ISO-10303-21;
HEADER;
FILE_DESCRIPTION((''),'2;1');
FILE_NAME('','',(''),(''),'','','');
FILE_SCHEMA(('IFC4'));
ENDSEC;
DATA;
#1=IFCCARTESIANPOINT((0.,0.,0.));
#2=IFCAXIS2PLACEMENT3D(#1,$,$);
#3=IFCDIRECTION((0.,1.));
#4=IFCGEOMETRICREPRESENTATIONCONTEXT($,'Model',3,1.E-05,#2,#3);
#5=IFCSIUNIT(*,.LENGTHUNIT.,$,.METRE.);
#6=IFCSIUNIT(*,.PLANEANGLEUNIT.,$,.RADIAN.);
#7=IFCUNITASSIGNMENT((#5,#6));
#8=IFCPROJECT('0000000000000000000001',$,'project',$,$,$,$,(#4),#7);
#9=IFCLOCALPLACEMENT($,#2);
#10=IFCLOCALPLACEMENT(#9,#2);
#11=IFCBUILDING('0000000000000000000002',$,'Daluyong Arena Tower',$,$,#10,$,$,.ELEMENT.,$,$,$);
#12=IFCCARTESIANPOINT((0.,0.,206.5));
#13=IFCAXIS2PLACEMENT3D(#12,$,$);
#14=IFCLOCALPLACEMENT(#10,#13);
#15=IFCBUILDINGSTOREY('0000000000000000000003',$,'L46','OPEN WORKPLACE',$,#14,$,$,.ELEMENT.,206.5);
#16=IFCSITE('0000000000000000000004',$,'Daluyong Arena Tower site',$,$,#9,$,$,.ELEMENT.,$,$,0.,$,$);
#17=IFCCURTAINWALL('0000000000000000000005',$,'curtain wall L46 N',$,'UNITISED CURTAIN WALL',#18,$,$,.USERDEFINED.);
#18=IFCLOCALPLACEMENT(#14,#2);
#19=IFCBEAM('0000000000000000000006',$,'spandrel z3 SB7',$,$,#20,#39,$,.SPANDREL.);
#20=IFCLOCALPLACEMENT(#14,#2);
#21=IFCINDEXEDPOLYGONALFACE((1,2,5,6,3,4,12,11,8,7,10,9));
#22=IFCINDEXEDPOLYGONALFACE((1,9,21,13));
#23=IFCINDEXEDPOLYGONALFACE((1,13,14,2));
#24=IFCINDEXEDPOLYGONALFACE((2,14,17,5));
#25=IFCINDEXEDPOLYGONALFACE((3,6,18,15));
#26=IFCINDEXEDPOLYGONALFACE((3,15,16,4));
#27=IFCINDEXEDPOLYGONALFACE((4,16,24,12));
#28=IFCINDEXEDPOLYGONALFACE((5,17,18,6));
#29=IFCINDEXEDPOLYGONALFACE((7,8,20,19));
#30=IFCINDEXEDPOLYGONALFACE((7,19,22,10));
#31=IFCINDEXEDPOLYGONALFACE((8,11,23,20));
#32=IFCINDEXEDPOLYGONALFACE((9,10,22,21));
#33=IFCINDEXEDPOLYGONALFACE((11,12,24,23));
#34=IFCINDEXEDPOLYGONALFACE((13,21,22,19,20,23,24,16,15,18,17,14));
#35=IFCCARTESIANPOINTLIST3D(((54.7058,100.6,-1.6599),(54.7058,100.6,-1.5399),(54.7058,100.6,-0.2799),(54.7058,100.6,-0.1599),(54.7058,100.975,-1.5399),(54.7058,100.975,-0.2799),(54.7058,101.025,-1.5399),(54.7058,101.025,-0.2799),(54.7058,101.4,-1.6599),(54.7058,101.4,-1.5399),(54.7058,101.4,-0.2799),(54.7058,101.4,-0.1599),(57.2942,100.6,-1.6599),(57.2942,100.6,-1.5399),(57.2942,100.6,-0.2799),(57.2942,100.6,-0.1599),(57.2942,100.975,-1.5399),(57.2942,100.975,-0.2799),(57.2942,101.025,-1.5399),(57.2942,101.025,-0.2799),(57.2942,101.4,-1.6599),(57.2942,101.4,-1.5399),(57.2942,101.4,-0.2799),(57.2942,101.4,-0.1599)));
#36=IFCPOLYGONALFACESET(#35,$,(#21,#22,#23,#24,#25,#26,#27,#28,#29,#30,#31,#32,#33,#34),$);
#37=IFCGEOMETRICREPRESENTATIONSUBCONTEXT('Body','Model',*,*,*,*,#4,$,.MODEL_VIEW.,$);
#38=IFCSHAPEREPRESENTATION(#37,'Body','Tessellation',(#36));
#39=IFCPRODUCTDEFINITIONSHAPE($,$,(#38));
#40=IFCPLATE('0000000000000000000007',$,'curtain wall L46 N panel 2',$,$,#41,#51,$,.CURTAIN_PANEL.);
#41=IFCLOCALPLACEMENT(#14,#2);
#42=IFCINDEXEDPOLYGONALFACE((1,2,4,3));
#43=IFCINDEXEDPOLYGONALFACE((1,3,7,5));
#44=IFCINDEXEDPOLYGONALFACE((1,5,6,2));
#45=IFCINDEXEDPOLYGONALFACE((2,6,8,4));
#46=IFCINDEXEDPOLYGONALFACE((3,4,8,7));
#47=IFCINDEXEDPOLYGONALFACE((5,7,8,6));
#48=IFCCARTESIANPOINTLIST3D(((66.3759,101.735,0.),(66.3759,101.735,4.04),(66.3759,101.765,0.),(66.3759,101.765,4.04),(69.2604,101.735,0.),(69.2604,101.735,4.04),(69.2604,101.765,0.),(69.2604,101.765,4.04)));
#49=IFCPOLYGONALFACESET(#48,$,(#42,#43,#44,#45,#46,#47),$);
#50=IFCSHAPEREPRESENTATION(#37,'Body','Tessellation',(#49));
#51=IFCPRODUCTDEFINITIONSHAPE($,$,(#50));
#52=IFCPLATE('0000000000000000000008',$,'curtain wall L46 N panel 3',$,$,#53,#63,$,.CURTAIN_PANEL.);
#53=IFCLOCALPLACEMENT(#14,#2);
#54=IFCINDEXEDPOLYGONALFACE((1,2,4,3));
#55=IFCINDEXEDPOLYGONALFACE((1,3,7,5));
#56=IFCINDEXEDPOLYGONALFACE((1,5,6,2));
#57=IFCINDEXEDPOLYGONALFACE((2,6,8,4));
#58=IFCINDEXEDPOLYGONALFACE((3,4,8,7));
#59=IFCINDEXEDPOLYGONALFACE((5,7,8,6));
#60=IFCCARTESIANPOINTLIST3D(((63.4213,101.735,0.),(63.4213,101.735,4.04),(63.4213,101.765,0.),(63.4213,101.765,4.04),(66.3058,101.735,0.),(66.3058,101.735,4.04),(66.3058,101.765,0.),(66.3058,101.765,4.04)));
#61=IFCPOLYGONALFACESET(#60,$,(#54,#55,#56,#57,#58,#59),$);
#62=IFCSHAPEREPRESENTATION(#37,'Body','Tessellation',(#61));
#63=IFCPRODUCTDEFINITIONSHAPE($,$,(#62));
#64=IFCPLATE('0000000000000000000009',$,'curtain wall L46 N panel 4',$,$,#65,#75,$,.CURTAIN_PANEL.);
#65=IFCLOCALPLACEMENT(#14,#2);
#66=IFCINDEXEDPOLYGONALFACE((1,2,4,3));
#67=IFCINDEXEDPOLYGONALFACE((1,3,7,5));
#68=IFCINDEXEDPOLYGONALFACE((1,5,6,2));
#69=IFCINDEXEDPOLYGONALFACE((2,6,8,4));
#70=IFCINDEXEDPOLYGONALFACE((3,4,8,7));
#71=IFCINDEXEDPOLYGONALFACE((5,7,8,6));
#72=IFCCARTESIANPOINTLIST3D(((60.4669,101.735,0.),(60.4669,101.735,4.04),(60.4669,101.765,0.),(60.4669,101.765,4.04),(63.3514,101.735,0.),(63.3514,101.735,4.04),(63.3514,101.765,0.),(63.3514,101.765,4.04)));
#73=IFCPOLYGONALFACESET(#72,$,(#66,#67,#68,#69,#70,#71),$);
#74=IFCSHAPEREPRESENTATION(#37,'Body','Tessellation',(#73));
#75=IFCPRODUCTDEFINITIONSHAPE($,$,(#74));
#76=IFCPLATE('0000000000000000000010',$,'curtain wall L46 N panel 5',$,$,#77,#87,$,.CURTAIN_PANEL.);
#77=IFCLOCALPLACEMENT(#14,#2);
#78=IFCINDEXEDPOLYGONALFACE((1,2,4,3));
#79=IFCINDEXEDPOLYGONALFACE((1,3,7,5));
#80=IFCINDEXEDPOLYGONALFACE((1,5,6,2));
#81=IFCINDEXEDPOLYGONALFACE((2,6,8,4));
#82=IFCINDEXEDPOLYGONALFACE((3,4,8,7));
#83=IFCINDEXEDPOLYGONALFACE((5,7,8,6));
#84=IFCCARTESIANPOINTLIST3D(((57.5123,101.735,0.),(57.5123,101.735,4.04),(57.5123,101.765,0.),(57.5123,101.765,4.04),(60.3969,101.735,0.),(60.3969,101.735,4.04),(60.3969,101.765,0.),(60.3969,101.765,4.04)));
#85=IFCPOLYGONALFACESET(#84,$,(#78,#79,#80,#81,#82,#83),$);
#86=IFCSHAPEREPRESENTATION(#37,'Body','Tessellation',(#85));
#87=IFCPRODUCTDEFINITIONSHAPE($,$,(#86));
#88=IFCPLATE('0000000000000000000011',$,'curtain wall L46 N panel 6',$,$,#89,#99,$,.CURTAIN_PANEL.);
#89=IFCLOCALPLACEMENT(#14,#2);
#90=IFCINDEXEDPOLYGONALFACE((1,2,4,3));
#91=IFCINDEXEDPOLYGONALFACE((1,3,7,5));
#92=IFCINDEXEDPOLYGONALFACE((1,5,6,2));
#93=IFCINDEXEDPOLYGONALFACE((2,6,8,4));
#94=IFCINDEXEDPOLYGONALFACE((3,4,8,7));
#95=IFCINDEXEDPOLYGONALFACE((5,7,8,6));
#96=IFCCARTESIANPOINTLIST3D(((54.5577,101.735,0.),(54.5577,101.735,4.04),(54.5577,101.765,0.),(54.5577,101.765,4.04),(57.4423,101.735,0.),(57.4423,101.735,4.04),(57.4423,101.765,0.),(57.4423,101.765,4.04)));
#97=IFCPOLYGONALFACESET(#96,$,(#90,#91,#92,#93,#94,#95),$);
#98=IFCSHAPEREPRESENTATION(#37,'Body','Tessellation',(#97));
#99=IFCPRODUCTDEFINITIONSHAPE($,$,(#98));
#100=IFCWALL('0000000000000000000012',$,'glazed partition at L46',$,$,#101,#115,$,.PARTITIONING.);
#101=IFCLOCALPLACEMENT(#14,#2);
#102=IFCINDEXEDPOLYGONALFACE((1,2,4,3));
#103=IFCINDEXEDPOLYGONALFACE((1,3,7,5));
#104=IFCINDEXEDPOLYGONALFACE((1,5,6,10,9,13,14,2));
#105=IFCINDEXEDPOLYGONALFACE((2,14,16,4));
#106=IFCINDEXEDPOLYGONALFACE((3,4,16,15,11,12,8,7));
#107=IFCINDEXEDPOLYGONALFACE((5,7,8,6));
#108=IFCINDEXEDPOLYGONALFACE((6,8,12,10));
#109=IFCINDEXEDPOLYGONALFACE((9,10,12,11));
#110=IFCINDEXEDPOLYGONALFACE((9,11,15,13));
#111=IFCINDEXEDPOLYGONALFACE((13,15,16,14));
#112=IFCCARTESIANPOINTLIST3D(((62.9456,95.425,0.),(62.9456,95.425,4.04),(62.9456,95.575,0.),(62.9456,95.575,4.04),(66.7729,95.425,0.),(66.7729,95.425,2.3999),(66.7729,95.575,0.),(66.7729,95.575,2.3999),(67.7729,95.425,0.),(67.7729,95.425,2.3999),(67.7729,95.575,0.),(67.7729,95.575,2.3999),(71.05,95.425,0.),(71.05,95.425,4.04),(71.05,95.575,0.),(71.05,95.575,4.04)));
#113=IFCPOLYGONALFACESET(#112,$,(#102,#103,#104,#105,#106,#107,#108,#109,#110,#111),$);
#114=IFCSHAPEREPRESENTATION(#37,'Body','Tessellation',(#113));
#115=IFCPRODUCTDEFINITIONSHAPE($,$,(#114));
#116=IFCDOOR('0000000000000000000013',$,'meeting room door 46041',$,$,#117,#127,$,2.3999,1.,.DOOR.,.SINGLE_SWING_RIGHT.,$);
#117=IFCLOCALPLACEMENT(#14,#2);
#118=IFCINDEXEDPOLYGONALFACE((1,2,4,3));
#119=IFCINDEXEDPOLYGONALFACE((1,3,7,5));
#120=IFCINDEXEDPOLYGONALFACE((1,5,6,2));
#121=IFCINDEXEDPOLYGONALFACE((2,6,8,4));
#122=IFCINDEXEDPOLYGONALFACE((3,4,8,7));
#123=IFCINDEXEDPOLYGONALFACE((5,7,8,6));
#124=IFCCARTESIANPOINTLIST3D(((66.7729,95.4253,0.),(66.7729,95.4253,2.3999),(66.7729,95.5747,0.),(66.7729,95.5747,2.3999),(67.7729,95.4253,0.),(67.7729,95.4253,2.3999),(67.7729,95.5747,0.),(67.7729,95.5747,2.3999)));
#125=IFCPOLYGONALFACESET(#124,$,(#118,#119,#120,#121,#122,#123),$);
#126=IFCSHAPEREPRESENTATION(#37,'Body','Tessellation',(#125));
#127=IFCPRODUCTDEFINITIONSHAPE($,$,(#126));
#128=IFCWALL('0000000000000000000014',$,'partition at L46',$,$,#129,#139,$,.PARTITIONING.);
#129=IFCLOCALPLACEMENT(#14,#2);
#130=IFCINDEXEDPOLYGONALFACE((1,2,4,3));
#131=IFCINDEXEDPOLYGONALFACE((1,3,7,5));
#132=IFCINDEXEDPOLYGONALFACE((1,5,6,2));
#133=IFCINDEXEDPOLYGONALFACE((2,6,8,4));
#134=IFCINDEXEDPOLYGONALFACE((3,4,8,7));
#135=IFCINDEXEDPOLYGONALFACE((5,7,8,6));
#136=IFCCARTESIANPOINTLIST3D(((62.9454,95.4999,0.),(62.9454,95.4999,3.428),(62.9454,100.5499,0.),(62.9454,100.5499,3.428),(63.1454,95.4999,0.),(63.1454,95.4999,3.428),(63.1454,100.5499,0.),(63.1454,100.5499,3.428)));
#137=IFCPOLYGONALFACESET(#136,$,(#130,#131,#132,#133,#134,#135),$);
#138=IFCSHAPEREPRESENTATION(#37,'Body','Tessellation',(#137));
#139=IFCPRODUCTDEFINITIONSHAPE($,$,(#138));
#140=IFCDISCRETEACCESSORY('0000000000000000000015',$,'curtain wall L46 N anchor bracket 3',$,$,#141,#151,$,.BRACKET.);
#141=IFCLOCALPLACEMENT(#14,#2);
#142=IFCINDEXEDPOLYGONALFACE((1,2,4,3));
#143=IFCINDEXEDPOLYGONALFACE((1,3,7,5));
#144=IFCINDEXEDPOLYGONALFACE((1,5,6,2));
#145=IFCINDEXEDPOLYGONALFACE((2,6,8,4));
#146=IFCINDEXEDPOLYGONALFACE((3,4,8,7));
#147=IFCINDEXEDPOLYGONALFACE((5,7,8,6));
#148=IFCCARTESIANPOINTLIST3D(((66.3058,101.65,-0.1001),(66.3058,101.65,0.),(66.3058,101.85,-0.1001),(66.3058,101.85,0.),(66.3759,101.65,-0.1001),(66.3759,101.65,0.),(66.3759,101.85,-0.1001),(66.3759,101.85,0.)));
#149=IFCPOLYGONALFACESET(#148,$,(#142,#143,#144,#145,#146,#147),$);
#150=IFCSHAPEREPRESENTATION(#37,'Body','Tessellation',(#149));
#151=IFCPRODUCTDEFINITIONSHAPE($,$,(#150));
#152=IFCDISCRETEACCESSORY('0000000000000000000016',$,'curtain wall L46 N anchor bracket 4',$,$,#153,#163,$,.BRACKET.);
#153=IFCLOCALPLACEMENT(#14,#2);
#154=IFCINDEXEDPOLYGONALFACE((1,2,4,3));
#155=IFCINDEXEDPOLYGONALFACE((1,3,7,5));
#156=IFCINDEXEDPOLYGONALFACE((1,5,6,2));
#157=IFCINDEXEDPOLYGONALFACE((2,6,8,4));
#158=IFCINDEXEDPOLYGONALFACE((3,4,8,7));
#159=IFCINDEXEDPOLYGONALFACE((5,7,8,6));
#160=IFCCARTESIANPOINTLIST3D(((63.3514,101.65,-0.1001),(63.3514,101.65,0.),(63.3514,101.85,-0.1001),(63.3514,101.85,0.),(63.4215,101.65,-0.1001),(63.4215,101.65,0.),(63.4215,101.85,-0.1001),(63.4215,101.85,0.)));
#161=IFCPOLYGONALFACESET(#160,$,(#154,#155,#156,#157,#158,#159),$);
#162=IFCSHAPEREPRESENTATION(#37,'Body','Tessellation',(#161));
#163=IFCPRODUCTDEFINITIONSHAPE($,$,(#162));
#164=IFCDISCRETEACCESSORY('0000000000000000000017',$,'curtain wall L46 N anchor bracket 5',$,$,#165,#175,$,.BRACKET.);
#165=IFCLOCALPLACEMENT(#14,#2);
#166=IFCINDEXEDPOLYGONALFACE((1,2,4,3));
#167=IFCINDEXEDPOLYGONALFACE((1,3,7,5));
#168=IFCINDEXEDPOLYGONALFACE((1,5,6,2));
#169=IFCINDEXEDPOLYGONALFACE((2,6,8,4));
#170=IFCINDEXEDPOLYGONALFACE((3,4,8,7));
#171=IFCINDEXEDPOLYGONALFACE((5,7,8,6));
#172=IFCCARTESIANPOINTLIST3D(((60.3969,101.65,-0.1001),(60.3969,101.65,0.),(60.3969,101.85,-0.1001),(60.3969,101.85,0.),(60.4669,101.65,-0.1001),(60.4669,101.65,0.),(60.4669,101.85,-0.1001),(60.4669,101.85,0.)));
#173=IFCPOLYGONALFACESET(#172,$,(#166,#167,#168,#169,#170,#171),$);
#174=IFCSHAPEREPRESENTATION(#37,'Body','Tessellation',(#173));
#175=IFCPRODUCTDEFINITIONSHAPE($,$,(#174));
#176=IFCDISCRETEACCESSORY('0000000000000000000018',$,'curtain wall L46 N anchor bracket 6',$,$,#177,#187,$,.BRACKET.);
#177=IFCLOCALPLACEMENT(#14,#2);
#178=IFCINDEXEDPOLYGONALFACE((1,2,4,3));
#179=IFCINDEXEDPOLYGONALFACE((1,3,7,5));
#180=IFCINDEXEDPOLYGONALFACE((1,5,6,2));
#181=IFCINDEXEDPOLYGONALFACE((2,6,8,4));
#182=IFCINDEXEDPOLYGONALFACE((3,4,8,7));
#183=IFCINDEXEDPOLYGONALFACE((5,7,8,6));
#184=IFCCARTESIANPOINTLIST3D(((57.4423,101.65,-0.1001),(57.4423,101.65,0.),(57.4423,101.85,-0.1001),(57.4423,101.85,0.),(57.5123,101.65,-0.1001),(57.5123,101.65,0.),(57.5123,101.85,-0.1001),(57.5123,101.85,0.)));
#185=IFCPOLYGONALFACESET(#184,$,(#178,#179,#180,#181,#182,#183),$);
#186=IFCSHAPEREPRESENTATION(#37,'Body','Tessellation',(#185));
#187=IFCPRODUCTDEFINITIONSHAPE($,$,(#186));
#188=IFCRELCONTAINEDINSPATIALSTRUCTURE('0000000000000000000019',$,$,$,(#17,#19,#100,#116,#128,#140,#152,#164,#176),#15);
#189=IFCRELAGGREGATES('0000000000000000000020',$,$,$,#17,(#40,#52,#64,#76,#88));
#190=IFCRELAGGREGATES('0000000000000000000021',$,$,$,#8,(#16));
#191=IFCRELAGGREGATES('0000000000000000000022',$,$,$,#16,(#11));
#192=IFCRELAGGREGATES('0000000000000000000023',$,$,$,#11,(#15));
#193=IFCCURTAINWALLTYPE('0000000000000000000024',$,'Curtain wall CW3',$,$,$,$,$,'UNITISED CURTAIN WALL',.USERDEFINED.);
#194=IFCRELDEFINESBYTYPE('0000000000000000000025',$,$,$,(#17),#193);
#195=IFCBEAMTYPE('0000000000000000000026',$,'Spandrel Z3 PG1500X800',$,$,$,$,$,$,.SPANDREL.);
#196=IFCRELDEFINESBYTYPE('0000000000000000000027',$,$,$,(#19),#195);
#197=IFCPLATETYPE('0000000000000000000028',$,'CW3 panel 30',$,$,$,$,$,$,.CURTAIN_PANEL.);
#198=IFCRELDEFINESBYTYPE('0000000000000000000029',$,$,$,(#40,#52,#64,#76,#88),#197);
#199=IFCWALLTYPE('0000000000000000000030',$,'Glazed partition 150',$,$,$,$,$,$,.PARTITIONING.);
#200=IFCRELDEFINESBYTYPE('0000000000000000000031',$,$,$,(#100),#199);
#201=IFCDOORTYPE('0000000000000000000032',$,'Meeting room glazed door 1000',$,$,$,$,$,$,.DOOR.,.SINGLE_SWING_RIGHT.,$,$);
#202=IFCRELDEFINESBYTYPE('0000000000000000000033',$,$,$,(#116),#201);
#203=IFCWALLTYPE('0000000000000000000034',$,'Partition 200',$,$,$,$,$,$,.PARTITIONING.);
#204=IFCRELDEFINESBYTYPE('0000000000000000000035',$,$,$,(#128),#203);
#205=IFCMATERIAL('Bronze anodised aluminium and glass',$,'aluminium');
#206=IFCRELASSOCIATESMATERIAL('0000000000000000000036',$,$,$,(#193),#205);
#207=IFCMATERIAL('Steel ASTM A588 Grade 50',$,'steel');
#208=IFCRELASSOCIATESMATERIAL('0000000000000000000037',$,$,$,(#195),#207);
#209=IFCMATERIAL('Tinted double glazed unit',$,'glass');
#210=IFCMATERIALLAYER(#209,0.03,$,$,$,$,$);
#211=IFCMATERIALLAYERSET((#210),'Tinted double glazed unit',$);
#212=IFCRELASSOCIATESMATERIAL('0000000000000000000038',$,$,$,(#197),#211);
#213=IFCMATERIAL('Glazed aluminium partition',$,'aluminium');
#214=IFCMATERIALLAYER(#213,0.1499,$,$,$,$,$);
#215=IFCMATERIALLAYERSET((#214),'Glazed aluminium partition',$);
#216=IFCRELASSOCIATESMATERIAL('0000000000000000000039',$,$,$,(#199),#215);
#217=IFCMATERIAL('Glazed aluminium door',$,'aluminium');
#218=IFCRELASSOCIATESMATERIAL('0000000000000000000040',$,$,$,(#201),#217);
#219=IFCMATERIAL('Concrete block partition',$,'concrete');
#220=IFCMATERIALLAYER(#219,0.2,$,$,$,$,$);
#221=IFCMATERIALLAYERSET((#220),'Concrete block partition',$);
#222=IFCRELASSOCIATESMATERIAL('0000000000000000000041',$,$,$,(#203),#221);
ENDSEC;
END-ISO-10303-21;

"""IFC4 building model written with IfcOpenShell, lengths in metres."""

from ifc_helpers import new_model, si_unit, direction, frame, frame_2d, origin, origin_2d, place, context, subcontext, project, spatial, rectangle, i_section, extrude, material, layer, layer_set, material_profile, profile_set, type_object, element, fill, aggregate, save


model = new_model("IFC4")

# Units and contexts
model_context = context("Model", 3, precision=1e-05, world=origin(), true_north=direction((0.0, 1.0)))
body_context = subcontext(model_context, "Body", "Model", "MODEL_VIEW")
ifc_project = project(units=[si_unit("LENGTHUNIT", "METRE"), si_unit("PLANEANGLEUNIT", "RADIAN")], contexts=[model_context])

# Site, building, storey
site_placement = place(None, origin())
site = spatial("IfcSite", under=ifc_project, at=site_placement, Name="Daluyong Arena Tower site", CompositionType="ELEMENT", RefElevation=0.0)
building_placement = place(site_placement, origin())
building = spatial("IfcBuilding", under=site, at=building_placement, Name="Daluyong Arena Tower", CompositionType="ELEMENT")
storey_placement = place(building_placement, frame((0.0, 0.0, 206.5)))
storey = spatial("IfcBuildingStorey", under=building, at=storey_placement, Name="L46", Description="OPEN WORKPLACE", CompositionType="ELEMENT", Elevation=206.5)

# Curtain wall
ifc_material_1 = material(Name="Bronze anodised aluminium and glass", Category="aluminium")
curtain_wall_type = type_object("IfcCurtainWallType", Name="Curtain wall CW3", ElementType="UNITISED CURTAIN WALL", PredefinedType="USERDEFINED", material=ifc_material_1)
curtain_wall_placement = place(storey_placement, origin())
curtain_wall = element("IfcCurtainWall", 1, at=curtain_wall_placement, inside=storey, type_object=curtain_wall_type, Name="curtain wall L46 N", ObjectType="UNITISED CURTAIN WALL", PredefinedType="USERDEFINED")

# Beam
ifc_material_2 = material(Name="Steel ASTM A588 Grade 50", Category="steel")
ifc_material_profile_1 = material_profile(ifc_material_2, i_section(OverallWidth=0.8, OverallDepth=1.5, WebThickness=0.05, FlangeThickness=0.12, at=origin_2d()))
ifc_profile_set_1 = profile_set([ifc_material_profile_1], Name="Steel ASTM A588 Grade 50")
beam_type_1 = type_object("IfcBeamType", Name="Spandrel Z3 PG1500X800", PredefinedType="SPANDREL", material=ifc_profile_set_1)
beam_1_placement = place(storey_placement, frame((57.2942, 101.0, -0.9099), z_axis=(-1.0, 0.0, 0.0), x_axis=(0.0, -1.0, 0.0)))
element("IfcBeam", 2, at=beam_1_placement, inside=storey, type_object=beam_type_1, Name="spandrel z3 SB7", PredefinedType="SPANDREL", context=body_context, shape_type="SweptSolid", body=[
    extrude(i_section(OverallWidth=0.8, OverallDepth=1.5, WebThickness=0.05, FlangeThickness=0.12, at=origin_2d()), origin(), (0.0, 0.0, 1.0), 2.5884),
])

# Plates
ifc_material_3 = material(Name="Tinted double glazed unit", Category="glass")
ifc_layer_1 = layer(ifc_material_3, 0.03)
ifc_layer_set_1 = layer_set([ifc_layer_1], Name="Tinted double glazed unit")
plate_type = type_object("IfcPlateType", Name="CW3 panel 30", PredefinedType="CURTAIN_PANEL", material=ifc_layer_set_1)
plate_1_placement = place(storey_placement, frame((67.8181, 101.75, 0.0), z_axis=(0.0, 0.0, 1.0), x_axis=(-1.0, 0.0, 0.0)))
plate_1 = element("IfcPlate", 3, at=plate_1_placement, type_object=plate_type, Name="curtain wall L46 N panel 2", PredefinedType="CURTAIN_PANEL", context=body_context, shape_type="SweptSolid", body=[
    extrude(rectangle(XDim=2.8845, YDim=0.03, at=origin_2d()), origin(), (0.0, 0.0, 1.0), 4.04),
])
plate_2_placement = place(storey_placement, frame((64.8635, 101.75, 0.0), z_axis=(0.0, 0.0, 1.0), x_axis=(-1.0, 0.0, 0.0)))
plate_2 = element("IfcPlate", 4, at=plate_2_placement, type_object=plate_type, Name="curtain wall L46 N panel 3", PredefinedType="CURTAIN_PANEL", context=body_context, shape_type="SweptSolid", body=[
    extrude(rectangle(XDim=2.8845, YDim=0.03, at=origin_2d()), origin(), (0.0, 0.0, 1.0), 4.04),
])
plate_3_placement = place(storey_placement, frame((61.9092, 101.75, 0.0), z_axis=(0.0, 0.0, 1.0), x_axis=(-1.0, 0.0, 0.0)))
plate_3 = element("IfcPlate", 5, at=plate_3_placement, type_object=plate_type, Name="curtain wall L46 N panel 4", PredefinedType="CURTAIN_PANEL", context=body_context, shape_type="SweptSolid", body=[
    extrude(rectangle(XDim=2.8845, YDim=0.03, at=origin_2d()), origin(), (0.0, 0.0, 1.0), 4.04),
])
plate_4_placement = place(storey_placement, frame((58.9546, 101.75, 0.0), z_axis=(0.0, 0.0, 1.0), x_axis=(-1.0, 0.0, 0.0)))
plate_4 = element("IfcPlate", 6, at=plate_4_placement, type_object=plate_type, Name="curtain wall L46 N panel 5", PredefinedType="CURTAIN_PANEL", context=body_context, shape_type="SweptSolid", body=[
    extrude(rectangle(XDim=2.8845, YDim=0.03, at=origin_2d()), origin(), (0.0, 0.0, 1.0), 4.04),
])
plate_5_placement = place(storey_placement, frame((56.0, 101.75, 0.0), z_axis=(0.0, 0.0, 1.0), x_axis=(-1.0, 0.0, 0.0)))
plate_5 = element("IfcPlate", 7, at=plate_5_placement, type_object=plate_type, Name="curtain wall L46 N panel 6", PredefinedType="CURTAIN_PANEL", context=body_context, shape_type="SweptSolid", body=[
    extrude(rectangle(XDim=2.8845, YDim=0.03, at=origin_2d()), origin(), (0.0, 0.0, 1.0), 4.04),
])
aggregate(curtain_wall, [plate_1, plate_2, plate_3, plate_4, plate_5])

# Wall, opening, door
ifc_material_4 = material(Name="Glazed aluminium partition", Category="aluminium")
ifc_layer_2 = layer(ifc_material_4, 0.1499)
ifc_layer_set_2 = layer_set([ifc_layer_2], Name="Glazed aluminium partition")
wall_type_1 = type_object("IfcWallType", Name="Glazed partition 150", PredefinedType="PARTITIONING", material=ifc_layer_set_2)
wall_1_placement = place(storey_placement, frame((62.9456, 95.5, 0.0), z_axis=(0.0, 0.0, 1.0), x_axis=(1.0, 0.0, 0.0)))
wall_1 = element("IfcWall", 8, at=wall_1_placement, inside=storey, type_object=wall_type_1, Name="glazed partition at L46", PredefinedType="PARTITIONING", context=body_context, shape_type="SweptSolid", body=[
    extrude(rectangle(XDim=8.1045, YDim=0.1499, at=frame_2d((4.0522, 0.0))), origin(), (0.0, 0.0, 1.0), 4.04),
])
opening_placement = place(wall_1_placement, frame((3.8274, 0.0, 0.0)))
opening = element("IfcOpeningElement", 9, at=opening_placement, cuts=wall_1, PredefinedType="OPENING", context=body_context, shape_type="SweptSolid", body=[
    extrude(rectangle(XDim=1.0, YDim=2.3999, at=frame_2d((0.5, 1.2))), frame((0.0, 0.085, 0.0), z_axis=(0.0, -1.0, 0.0), x_axis=(1.0, 0.0, 0.0)), (0.0, 0.0, 1.0), 0.1699),
])
ifc_material_5 = material(Name="Glazed aluminium door", Category="aluminium")
door_type = type_object("IfcDoorType", Name="Meeting room glazed door 1000", OperationType="SINGLE_SWING_RIGHT", PredefinedType="DOOR", material=ifc_material_5)
door_placement = place(opening_placement, origin())
door = element("IfcDoor", 10, at=door_placement, inside=storey, type_object=door_type, Name="meeting room door 46041", OperationType="SINGLE_SWING_RIGHT", OverallHeight=2.3999, OverallWidth=1.0, PredefinedType="DOOR", context=body_context, shape_type="SweptSolid", body=[
    extrude(rectangle(XDim=1.0, YDim=2.3999, at=frame_2d((0.5, 1.2))), frame((0.0, 0.0747, 0.0), z_axis=(0.0, -1.0, 0.0), x_axis=(1.0, 0.0, 0.0)), (0.0, 0.0, 1.0), 0.1494),
])
fill(opening, door)

# Wall
ifc_material_6 = material(Name="Concrete block partition", Category="concrete")
ifc_layer_3 = layer(ifc_material_6, 0.2)
ifc_layer_set_3 = layer_set([ifc_layer_3], Name="Concrete block partition")
wall_type_2 = type_object("IfcWallType", Name="Partition 200", PredefinedType="PARTITIONING", material=ifc_layer_set_3)
wall_2_placement = place(storey_placement, frame((63.0454, 95.5, 0.0), z_axis=(0.0, 0.0, 1.0), x_axis=(0.0, 1.0, 0.0)))
element("IfcWall", 11, at=wall_2_placement, inside=storey, type_object=wall_type_2, Name="partition at L46", PredefinedType="PARTITIONING", context=body_context, shape_type="SweptSolid", body=[
    extrude(rectangle(XDim=5.05, YDim=0.2, at=frame_2d((2.5249, 0.0))), origin(), (0.0, 0.0, 1.0), 3.428),
])

# Discrete accessories
for number, where, z_axis, x_axis, name in (
    (12, (66.3408, 101.75, -0.1001), (0.0, 0.0, 1.0), (-1.0, 0.0, 0.0), "curtain wall L46 N anchor bracket 3"),
    (13, (63.3865, 101.75, -0.1001), (0.0, 0.0, 1.0), (-1.0, 0.0, 0.0), "curtain wall L46 N anchor bracket 4"),
    (14, (60.4319, 101.75, -0.1001), (0.0, 0.0, 1.0), (-1.0, 0.0, 0.0), "curtain wall L46 N anchor bracket 5"),
    (15, (57.4773, 101.75, -0.1001), (0.0, 0.0, 1.0), (-1.0, 0.0, 0.0), "curtain wall L46 N anchor bracket 6"),
):
    element("IfcDiscreteAccessory", number, at=place(storey_placement, frame(where, z_axis=z_axis, x_axis=x_axis)), inside=storey, Name=name, PredefinedType="BRACKET", context=body_context, shape_type="SweptSolid", body=[
        extrude(rectangle(XDim=0.0701, YDim=0.2, at=origin_2d()), origin(), (0.0, 0.0, 1.0), 0.1001),
    ])

save(model, "model.ifc")
